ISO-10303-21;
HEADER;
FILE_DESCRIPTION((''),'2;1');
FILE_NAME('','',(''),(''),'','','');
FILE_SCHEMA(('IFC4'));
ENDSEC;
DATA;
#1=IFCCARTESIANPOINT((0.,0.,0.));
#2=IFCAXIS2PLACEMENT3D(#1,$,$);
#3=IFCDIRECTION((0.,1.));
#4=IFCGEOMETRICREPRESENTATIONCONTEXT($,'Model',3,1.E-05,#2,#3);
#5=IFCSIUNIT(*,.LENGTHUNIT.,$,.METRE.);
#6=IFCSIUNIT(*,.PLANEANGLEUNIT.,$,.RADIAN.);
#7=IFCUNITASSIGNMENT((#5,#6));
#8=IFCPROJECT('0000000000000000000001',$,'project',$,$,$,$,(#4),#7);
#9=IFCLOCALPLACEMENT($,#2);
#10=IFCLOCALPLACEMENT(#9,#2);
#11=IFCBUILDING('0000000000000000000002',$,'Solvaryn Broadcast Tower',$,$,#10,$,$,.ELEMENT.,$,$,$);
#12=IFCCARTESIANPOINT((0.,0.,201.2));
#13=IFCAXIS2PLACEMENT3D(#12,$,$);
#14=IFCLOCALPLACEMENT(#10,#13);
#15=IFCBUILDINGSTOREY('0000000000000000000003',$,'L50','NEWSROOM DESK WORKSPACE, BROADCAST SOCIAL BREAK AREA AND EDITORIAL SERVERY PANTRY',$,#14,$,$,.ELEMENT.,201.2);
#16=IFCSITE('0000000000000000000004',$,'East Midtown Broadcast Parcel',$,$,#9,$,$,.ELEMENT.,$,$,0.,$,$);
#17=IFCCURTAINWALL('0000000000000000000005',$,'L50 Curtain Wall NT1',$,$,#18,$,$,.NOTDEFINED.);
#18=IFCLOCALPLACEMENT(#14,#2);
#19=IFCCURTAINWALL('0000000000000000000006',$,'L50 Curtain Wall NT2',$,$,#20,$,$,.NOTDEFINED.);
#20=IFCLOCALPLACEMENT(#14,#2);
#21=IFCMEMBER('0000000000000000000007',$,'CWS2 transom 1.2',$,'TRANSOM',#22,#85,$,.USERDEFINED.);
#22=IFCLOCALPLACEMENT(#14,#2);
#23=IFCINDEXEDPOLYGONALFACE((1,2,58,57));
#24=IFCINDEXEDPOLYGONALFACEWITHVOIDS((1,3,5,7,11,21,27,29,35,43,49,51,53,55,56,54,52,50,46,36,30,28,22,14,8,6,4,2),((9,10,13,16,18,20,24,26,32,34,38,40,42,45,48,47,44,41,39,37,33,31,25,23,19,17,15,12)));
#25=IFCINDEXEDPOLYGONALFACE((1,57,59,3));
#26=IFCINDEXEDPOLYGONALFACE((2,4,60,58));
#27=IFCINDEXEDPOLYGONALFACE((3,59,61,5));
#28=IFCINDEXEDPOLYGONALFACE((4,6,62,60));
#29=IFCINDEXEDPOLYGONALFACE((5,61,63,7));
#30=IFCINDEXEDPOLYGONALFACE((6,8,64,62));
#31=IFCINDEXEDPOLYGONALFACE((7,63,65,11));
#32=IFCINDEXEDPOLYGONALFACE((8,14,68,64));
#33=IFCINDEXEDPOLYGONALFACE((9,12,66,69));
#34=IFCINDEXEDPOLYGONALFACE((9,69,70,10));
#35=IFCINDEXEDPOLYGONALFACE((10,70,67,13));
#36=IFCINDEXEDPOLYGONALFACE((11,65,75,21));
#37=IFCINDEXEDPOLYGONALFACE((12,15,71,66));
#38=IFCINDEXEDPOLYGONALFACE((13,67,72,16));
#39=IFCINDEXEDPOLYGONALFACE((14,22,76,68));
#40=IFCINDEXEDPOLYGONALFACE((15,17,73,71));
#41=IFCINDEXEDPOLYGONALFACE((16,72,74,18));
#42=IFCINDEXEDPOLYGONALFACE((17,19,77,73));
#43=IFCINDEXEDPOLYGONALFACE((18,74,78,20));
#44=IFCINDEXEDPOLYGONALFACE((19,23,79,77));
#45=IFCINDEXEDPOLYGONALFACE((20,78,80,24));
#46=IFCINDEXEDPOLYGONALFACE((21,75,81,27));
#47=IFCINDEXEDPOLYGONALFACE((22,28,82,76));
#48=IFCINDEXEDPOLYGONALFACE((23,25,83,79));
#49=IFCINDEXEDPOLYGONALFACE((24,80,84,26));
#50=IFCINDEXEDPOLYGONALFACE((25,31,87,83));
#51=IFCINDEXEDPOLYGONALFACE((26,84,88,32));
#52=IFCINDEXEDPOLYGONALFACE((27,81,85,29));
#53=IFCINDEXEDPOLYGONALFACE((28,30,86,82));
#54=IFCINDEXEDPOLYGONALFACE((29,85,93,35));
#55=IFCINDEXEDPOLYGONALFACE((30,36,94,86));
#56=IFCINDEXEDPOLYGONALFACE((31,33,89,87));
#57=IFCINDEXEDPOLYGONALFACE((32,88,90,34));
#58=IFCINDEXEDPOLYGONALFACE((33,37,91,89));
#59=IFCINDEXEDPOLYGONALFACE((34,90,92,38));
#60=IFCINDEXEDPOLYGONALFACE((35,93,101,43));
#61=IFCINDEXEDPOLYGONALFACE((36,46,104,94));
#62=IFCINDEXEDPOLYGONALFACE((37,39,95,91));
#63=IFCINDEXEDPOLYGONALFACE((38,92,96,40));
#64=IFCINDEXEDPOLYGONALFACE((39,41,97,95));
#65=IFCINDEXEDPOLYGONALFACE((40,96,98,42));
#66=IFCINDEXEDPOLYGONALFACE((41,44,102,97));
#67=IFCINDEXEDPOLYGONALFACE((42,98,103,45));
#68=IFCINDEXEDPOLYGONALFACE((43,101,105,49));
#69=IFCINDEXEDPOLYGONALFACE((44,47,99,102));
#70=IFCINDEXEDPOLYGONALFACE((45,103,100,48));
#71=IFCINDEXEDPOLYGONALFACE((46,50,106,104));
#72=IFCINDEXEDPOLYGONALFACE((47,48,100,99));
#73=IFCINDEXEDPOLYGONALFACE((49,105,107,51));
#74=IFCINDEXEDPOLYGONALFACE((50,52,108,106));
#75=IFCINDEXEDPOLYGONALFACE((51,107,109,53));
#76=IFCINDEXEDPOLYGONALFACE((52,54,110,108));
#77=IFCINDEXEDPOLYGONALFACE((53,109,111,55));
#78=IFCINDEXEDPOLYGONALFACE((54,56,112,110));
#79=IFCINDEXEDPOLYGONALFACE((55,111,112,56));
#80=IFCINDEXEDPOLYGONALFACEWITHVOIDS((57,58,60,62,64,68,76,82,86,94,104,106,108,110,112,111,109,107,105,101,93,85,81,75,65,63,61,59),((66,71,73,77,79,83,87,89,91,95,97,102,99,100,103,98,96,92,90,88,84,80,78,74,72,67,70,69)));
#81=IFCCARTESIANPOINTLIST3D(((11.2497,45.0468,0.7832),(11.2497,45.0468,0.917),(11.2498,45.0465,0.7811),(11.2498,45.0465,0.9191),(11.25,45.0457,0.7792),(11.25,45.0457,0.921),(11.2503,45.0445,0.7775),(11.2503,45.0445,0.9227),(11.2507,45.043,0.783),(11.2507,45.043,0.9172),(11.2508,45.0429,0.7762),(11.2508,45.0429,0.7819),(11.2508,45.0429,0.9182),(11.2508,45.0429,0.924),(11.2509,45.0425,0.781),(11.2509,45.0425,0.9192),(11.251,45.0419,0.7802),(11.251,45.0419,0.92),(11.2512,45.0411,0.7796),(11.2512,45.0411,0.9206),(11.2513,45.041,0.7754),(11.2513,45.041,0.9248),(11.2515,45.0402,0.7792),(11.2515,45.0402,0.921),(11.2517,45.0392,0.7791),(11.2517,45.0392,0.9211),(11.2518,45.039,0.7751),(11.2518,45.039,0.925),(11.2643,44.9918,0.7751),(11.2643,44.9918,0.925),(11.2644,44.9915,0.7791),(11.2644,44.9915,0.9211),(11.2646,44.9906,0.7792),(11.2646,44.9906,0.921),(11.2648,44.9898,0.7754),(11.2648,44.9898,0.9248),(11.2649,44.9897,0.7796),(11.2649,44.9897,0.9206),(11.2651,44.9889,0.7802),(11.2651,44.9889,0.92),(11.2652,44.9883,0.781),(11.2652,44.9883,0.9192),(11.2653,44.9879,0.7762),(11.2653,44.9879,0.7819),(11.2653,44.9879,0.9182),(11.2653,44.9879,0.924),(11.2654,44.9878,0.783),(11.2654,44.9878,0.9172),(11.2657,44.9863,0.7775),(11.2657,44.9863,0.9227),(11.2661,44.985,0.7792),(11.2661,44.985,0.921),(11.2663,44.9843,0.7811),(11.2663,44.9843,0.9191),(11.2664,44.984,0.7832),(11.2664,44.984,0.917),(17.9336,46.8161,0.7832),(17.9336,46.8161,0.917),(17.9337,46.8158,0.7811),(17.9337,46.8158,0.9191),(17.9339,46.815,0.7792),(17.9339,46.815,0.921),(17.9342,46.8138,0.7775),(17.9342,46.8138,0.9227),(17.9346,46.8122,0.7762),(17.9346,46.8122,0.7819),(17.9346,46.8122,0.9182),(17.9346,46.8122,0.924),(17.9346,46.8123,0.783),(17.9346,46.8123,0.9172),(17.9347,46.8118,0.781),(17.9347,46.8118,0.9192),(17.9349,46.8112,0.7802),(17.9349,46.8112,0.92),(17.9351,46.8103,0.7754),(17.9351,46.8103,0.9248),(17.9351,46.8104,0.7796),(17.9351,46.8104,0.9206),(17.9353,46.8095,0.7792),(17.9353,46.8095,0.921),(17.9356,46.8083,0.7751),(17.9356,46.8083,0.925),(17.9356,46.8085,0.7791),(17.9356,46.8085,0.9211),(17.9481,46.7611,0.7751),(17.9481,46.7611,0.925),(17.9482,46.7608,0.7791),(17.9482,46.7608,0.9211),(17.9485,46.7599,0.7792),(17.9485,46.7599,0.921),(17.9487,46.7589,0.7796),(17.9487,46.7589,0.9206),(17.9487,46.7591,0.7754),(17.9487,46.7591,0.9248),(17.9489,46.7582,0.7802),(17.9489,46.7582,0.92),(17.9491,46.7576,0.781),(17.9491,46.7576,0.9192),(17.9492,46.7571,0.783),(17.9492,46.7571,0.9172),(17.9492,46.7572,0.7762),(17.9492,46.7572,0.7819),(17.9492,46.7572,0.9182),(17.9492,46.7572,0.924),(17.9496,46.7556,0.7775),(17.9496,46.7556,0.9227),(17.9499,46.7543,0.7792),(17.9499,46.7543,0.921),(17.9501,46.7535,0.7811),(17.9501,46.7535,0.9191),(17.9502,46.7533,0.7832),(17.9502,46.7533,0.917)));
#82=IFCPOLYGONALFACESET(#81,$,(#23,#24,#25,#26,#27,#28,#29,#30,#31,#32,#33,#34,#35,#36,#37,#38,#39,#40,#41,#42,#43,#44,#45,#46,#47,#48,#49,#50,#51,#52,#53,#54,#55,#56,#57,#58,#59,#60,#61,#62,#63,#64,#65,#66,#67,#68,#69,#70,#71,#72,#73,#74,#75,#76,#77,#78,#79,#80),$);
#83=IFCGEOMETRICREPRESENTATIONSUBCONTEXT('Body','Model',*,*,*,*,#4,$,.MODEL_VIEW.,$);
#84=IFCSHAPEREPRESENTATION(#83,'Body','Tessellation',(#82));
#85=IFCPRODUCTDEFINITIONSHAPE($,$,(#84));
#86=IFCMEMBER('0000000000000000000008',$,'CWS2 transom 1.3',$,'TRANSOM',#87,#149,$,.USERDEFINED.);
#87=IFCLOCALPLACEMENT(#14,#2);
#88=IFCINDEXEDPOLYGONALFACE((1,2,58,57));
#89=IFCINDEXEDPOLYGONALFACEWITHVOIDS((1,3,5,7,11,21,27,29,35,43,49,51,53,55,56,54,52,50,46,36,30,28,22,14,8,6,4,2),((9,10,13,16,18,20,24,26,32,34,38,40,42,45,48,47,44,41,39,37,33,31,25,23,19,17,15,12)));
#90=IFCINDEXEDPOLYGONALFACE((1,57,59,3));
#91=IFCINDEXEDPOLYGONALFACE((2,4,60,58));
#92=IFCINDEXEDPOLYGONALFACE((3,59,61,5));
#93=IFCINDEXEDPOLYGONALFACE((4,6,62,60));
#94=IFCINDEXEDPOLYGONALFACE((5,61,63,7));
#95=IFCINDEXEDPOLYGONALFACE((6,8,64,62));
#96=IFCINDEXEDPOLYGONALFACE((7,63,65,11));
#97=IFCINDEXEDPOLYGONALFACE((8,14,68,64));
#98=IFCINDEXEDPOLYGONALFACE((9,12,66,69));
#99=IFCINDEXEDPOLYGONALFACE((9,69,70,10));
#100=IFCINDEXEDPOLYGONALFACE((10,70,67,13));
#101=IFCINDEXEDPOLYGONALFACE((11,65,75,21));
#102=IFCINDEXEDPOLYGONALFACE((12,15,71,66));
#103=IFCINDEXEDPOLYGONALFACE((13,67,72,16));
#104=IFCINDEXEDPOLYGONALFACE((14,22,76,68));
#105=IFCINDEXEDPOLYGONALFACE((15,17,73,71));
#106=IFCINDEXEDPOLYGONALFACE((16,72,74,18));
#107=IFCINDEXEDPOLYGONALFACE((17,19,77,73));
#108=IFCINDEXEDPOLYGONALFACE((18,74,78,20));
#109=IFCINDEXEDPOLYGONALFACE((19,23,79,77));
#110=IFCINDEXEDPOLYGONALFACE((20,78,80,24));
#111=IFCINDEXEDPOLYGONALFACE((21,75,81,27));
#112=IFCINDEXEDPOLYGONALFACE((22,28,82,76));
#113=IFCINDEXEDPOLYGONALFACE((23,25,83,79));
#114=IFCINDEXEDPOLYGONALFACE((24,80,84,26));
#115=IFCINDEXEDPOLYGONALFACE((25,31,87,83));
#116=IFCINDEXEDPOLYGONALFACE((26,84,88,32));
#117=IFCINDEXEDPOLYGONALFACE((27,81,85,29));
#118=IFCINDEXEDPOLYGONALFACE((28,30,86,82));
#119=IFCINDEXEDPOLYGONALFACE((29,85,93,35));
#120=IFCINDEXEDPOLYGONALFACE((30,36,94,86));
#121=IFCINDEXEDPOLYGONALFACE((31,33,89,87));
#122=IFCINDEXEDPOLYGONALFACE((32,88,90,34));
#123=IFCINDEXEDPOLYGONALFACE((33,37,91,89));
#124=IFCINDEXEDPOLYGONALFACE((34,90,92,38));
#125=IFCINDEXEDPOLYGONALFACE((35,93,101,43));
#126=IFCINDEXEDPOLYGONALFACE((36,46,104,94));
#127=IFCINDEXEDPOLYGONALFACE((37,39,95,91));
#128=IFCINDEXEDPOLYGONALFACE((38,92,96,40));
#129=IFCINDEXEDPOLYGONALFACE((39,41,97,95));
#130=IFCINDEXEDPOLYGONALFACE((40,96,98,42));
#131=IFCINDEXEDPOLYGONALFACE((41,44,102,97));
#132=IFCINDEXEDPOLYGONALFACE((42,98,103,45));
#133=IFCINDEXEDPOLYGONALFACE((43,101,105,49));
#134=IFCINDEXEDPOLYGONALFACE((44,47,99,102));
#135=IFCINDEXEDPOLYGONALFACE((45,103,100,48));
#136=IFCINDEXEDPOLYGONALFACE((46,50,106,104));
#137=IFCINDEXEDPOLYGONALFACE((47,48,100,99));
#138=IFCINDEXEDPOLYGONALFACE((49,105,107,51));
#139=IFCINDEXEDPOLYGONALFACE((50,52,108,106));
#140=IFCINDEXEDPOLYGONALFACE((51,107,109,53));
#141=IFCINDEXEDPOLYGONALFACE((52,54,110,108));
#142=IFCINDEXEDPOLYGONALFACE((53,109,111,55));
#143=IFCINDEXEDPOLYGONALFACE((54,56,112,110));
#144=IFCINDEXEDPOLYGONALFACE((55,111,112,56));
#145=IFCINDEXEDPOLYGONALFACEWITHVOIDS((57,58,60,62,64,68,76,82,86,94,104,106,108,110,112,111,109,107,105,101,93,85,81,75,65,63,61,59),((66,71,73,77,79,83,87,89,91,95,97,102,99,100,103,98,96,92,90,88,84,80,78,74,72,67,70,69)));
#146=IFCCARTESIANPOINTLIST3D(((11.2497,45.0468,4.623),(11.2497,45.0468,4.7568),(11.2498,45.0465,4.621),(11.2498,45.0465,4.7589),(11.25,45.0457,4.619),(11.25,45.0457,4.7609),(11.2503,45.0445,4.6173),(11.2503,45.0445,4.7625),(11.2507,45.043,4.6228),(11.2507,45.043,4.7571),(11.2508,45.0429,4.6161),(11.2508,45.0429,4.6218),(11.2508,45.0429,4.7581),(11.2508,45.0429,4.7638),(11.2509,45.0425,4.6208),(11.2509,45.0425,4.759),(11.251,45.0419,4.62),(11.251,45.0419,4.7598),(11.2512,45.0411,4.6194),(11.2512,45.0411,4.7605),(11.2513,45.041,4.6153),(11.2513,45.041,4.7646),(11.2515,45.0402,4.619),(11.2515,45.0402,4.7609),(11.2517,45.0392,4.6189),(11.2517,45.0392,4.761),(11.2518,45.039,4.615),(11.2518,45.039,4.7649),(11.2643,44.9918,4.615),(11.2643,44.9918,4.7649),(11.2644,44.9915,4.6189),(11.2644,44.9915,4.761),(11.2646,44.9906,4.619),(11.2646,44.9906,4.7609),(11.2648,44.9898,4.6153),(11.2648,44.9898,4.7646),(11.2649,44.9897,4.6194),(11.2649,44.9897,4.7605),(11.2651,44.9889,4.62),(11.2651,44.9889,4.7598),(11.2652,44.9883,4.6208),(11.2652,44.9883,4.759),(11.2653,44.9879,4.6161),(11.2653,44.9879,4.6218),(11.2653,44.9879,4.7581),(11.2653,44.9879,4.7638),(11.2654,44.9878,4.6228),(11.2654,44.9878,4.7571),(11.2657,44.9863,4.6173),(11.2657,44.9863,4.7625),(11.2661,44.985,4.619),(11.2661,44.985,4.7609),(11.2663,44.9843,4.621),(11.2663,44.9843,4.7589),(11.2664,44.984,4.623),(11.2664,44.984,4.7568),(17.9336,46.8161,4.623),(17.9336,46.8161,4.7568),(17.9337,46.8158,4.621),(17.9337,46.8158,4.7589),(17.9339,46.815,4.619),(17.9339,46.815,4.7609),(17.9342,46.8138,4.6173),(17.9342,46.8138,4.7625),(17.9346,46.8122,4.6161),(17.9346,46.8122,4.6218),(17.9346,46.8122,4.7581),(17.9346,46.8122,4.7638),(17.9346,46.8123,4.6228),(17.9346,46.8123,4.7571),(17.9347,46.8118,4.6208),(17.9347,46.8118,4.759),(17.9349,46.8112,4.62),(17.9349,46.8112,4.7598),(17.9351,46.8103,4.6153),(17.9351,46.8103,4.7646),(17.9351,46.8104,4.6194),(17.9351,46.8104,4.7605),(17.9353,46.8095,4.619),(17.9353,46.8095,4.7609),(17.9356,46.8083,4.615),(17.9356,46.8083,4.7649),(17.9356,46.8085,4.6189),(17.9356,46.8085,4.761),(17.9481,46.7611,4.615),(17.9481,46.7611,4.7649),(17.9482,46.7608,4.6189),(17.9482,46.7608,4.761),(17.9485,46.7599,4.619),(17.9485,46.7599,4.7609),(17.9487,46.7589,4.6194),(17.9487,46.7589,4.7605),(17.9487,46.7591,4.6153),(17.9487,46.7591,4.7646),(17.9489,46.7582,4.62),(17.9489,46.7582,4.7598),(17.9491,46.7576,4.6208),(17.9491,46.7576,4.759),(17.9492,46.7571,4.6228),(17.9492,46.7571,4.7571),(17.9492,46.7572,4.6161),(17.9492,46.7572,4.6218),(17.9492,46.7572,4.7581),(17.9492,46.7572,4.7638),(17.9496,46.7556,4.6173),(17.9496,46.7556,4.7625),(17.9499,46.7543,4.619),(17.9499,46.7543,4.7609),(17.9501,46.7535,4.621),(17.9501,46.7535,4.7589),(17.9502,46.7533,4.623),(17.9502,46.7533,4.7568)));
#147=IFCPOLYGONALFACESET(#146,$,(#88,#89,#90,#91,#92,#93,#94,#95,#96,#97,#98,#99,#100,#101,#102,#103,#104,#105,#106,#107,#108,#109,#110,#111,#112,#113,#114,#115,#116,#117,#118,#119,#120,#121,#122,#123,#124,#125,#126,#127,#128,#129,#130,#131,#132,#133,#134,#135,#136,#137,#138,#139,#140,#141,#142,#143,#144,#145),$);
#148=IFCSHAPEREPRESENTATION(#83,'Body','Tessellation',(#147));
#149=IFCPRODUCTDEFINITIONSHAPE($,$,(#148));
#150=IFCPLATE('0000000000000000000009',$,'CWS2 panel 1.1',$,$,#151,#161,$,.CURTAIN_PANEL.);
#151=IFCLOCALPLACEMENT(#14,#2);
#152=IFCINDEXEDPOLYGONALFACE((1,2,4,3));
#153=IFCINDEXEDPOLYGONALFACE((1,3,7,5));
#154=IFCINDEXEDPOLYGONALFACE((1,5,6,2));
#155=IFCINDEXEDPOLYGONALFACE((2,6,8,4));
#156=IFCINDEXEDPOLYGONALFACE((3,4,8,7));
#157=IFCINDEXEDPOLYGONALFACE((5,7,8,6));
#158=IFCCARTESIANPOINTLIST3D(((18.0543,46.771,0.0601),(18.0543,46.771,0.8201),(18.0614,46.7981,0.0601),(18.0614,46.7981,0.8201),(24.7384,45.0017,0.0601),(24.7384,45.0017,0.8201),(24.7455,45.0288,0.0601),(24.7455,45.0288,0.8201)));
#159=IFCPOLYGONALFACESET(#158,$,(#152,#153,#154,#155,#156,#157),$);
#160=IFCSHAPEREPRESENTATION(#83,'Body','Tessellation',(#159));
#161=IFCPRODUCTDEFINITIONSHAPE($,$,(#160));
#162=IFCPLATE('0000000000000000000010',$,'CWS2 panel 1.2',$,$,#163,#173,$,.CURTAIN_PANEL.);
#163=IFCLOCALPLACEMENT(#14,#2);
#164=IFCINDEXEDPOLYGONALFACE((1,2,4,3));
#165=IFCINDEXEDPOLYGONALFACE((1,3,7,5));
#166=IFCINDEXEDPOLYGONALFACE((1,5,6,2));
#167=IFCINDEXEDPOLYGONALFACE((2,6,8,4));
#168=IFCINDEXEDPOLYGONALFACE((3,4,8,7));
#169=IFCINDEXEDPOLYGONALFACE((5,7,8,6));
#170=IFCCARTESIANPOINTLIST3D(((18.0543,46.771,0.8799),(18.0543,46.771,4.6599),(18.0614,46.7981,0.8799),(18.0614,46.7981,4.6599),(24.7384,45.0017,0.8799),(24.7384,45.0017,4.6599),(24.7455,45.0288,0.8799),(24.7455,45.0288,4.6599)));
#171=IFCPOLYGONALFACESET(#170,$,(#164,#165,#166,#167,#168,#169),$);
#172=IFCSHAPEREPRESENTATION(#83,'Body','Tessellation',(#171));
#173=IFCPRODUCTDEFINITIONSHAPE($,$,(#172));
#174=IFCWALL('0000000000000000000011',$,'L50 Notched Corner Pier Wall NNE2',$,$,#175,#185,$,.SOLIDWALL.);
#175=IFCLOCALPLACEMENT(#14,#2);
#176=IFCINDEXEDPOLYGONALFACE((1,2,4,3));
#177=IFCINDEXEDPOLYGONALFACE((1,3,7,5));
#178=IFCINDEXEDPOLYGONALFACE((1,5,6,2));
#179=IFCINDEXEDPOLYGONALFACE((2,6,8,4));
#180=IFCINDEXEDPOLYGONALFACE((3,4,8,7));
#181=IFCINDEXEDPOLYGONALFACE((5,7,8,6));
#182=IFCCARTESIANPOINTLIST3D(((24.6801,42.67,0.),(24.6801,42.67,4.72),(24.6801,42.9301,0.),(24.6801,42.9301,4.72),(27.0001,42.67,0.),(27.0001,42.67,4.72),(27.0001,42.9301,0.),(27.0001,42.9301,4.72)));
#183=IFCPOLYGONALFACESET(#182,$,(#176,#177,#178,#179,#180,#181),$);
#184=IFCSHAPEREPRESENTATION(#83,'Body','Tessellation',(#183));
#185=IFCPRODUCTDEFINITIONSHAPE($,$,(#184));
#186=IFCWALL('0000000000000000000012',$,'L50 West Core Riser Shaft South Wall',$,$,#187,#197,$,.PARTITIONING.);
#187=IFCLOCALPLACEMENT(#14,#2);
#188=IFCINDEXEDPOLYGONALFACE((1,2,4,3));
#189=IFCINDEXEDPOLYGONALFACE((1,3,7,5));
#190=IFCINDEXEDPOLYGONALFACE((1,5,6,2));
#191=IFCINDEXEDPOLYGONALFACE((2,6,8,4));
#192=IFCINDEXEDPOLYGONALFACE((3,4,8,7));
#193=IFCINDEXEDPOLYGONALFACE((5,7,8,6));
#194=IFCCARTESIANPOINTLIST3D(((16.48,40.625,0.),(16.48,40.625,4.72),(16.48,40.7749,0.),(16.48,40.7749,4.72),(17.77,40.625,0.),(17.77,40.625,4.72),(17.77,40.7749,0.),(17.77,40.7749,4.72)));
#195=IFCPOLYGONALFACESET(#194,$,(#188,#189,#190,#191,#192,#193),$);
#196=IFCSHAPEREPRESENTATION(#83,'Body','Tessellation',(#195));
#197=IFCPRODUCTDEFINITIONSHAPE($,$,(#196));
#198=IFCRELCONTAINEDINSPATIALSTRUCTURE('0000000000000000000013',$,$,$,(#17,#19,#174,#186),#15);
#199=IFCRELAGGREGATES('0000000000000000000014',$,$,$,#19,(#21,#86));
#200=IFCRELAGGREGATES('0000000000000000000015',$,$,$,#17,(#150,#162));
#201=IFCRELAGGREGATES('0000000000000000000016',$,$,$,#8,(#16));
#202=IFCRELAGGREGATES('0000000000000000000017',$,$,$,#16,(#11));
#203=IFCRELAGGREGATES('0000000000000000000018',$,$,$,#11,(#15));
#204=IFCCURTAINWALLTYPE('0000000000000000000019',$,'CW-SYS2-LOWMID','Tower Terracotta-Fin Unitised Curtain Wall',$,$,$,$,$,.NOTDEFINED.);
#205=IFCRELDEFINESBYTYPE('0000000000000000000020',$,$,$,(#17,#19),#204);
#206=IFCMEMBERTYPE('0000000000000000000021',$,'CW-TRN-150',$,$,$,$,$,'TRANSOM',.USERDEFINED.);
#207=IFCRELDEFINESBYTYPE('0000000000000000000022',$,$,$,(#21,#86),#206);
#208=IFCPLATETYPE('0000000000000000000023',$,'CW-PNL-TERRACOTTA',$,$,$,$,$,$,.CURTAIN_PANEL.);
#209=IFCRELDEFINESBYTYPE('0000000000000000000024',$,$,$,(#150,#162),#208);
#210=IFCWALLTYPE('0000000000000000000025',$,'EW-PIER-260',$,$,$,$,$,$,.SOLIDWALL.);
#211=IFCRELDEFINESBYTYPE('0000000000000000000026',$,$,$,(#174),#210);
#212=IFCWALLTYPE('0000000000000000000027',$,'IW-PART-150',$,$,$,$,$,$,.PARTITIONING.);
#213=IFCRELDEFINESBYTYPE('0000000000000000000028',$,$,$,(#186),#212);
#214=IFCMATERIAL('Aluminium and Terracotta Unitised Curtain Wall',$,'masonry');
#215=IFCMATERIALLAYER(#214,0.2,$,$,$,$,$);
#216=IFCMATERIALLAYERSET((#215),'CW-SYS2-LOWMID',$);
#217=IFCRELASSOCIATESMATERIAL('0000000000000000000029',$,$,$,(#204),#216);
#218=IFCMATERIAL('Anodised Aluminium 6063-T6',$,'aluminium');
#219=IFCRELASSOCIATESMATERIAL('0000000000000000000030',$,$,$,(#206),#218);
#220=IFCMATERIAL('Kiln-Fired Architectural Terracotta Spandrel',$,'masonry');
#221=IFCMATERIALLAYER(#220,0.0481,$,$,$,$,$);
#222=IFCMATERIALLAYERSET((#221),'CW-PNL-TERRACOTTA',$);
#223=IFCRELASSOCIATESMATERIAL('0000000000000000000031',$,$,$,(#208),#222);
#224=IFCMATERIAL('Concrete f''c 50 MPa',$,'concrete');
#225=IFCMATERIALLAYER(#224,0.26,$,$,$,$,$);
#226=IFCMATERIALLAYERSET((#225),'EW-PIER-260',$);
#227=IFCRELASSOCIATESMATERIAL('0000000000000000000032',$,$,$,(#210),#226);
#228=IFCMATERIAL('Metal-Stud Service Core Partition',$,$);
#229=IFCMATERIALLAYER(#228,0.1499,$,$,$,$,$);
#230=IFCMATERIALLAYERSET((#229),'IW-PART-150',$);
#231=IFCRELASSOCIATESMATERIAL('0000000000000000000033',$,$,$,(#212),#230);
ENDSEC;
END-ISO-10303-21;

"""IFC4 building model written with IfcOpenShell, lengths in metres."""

from ifc_helpers import new_model, si_unit, direction, frame, frame_2d, origin, origin_2d, place, context, subcontext, project, spatial, rectangle, hollow_rectangle, extrude, material, layer, layer_set, material_profile, profile_set, type_object, element, aggregate, save


model = new_model("IFC4")

# Units and contexts
model_context = context("Model", 3, precision=1e-05, world=origin(), true_north=direction((0.0, 1.0)))
body_context = subcontext(model_context, "Body", "Model", "MODEL_VIEW")
ifc_project = project(units=[si_unit("LENGTHUNIT", "METRE"), si_unit("PLANEANGLEUNIT", "RADIAN")], contexts=[model_context])

# Site, building, storey
site_placement = place(None, origin())
site = spatial("IfcSite", under=ifc_project, at=site_placement, Name="East Midtown Broadcast Parcel", CompositionType="ELEMENT", RefElevation=0.0)
building_placement = place(site_placement, origin())
building = spatial("IfcBuilding", under=site, at=building_placement, Name="Solvaryn Broadcast Tower", CompositionType="ELEMENT")
storey_placement = place(building_placement, frame((0.0, 0.0, 201.2)))
storey = spatial("IfcBuildingStorey", under=building, at=storey_placement, Name="L50", Description="NEWSROOM DESK WORKSPACE, BROADCAST SOCIAL BREAK AREA AND EDITORIAL SERVERY PANTRY", CompositionType="ELEMENT", Elevation=201.2)

# Curtain wall
ifc_material_1 = material(Name="Aluminium and Terracotta Unitised Curtain Wall", Category="masonry")
ifc_layer_1 = layer(ifc_material_1, 0.2)
ifc_layer_set_1 = layer_set([ifc_layer_1], Name="CW-SYS2-LOWMID")
curtain_wall_type = type_object("IfcCurtainWallType", Name="CW-SYS2-LOWMID", Description="Tower Terracotta-Fin Unitised Curtain Wall", PredefinedType="NOTDEFINED", material=ifc_layer_set_1)
curtain_wall_1_placement = place(storey_placement, origin())
curtain_wall_1 = element("IfcCurtainWall", 1, at=curtain_wall_1_placement, inside=storey, type_object=curtain_wall_type, Name="L50 Curtain Wall NT1", PredefinedType="NOTDEFINED")

# Curtain wall, members
curtain_wall_2_placement = place(storey_placement, origin())
curtain_wall_2 = element("IfcCurtainWall", 2, at=curtain_wall_2_placement, inside=storey, type_object=curtain_wall_type, Name="L50 Curtain Wall NT2", PredefinedType="NOTDEFINED")
ifc_material_2 = material(Name="Anodised Aluminium 6063-T6", Category="aluminium")
ifc_material_profile_1 = material_profile(ifc_material_2, hollow_rectangle(XDim=0.0649, YDim=0.1499, WallThickness=0.0039, InnerFilletRadius=0.0039, OuterFilletRadius=0.0081, at=origin_2d()))
ifc_profile_set_1 = profile_set([ifc_material_profile_1], Name="Anodised Aluminium 6063-T6")
member_type_1 = type_object("IfcMemberType", Name="CW-TRN-150", ElementType="TRANSOM", PredefinedType="USERDEFINED", material=ifc_profile_set_1)
member_1_placement = place(storey_placement, frame((17.9419, 46.7847, 0.8501), z_axis=(-0.966704, -0.255897, 0.0), x_axis=(0.255897, -0.966704, 0.0)))
member_1 = element("IfcMember", 3, at=member_1_placement, type_object=member_type_1, Name="CWS2 transom 1.2", ObjectType="TRANSOM", PredefinedType="USERDEFINED", context=body_context, shape_type="SweptSolid", body=[
    extrude(hollow_rectangle(XDim=0.0649, YDim=0.1499, WallThickness=0.0039, InnerFilletRadius=0.0039, OuterFilletRadius=0.0081, at=origin_2d()), origin(), (0.0, 0.0, 1.0), 6.9141),
])
member_2_placement = place(storey_placement, frame((17.9419, 46.7847, 4.6899), z_axis=(-0.966704, -0.255897, 0.0), x_axis=(0.255897, -0.966704, 0.0)))
member_2 = element("IfcMember", 4, at=member_2_placement, type_object=member_type_1, Name="CWS2 transom 1.3", ObjectType="TRANSOM", PredefinedType="USERDEFINED", context=body_context, shape_type="SweptSolid", body=[
    extrude(hollow_rectangle(XDim=0.0649, YDim=0.1499, WallThickness=0.0039, InnerFilletRadius=0.0039, OuterFilletRadius=0.0081, at=origin_2d()), origin(), (0.0, 0.0, 1.0), 6.9141),
])
aggregate(curtain_wall_2, [member_1, member_2])

# Plates
ifc_material_3 = material(Name="Kiln-Fired Architectural Terracotta Spandrel", Category="masonry")
ifc_layer_2 = layer(ifc_material_3, 0.0481)
ifc_layer_set_2 = layer_set([ifc_layer_2], Name="CW-PNL-TERRACOTTA")
plate_type = type_object("IfcPlateType", Name="CW-PNL-TERRACOTTA", PredefinedType="CURTAIN_PANEL", material=ifc_layer_set_2)
plate_1_placement = place(storey_placement, frame((21.3999, 45.8999, 0.0601), z_axis=(0.0, 0.0, 1.0), x_axis=(-0.966705, 0.255893, 0.0)))
plate_1 = element("IfcPlate", 5, at=plate_1_placement, type_object=plate_type, Name="CWS2 panel 1.1", PredefinedType="CURTAIN_PANEL", context=body_context, shape_type="SweptSolid", body=[
    extrude(rectangle(XDim=6.9143, YDim=0.0281, at=origin_2d()), origin(), (0.0, 0.0, 1.0), 0.76),
])
plate_2_placement = place(storey_placement, frame((21.3999, 45.8999, 0.8799), z_axis=(0.0, 0.0, 1.0), x_axis=(-0.966705, 0.255893, 0.0)))
plate_2 = element("IfcPlate", 6, at=plate_2_placement, type_object=plate_type, Name="CWS2 panel 1.2", PredefinedType="CURTAIN_PANEL", context=body_context, shape_type="SweptSolid", body=[
    extrude(rectangle(XDim=6.9143, YDim=0.0281, at=origin_2d()), origin(), (0.0, 0.0, 1.0), 3.78),
])
aggregate(curtain_wall_1, [plate_1, plate_2])

# Walls
ifc_material_4 = material(Name="Concrete f'c 50 MPa", Category="concrete")
ifc_layer_3 = layer(ifc_material_4, 0.26)
ifc_layer_set_3 = layer_set([ifc_layer_3], Name="EW-PIER-260")
wall_type_1 = type_object("IfcWallType", Name="EW-PIER-260", PredefinedType="SOLIDWALL", material=ifc_layer_set_3)
wall_1_placement = place(storey_placement, frame((24.6799, 42.8, 0.0), z_axis=(0.0, 0.0, 1.0), x_axis=(1.0, 0.0, 0.0)))
element("IfcWall", 7, at=wall_1_placement, inside=storey, type_object=wall_type_1, Name="L50 Notched Corner Pier Wall NNE2", PredefinedType="SOLIDWALL", context=body_context, shape_type="SweptSolid", body=[
    extrude(rectangle(XDim=2.3201, YDim=0.26, at=frame_2d((1.1602, 0.0))), origin(), (0.0, 0.0, 1.0), 4.72),
])
ifc_material_5 = material(Name="Metal-Stud Service Core Partition")
ifc_layer_4 = layer(ifc_material_5, 0.1499)
ifc_layer_set_4 = layer_set([ifc_layer_4], Name="IW-PART-150")
wall_type_2 = type_object("IfcWallType", Name="IW-PART-150", PredefinedType="PARTITIONING", material=ifc_layer_set_4)
wall_2_placement = place(storey_placement, frame((16.48, 40.7, 0.0), z_axis=(0.0, 0.0, 1.0), x_axis=(1.0, 0.0, 0.0)))
element("IfcWall", 8, at=wall_2_placement, inside=storey, type_object=wall_type_2, Name="L50 West Core Riser Shaft South Wall", PredefinedType="PARTITIONING", context=body_context, shape_type="SweptSolid", body=[
    extrude(rectangle(XDim=1.29, YDim=0.1499, at=frame_2d((0.645, 0.0))), origin(), (0.0, 0.0, 1.0), 4.72),
])

save(model, "model.ifc")
